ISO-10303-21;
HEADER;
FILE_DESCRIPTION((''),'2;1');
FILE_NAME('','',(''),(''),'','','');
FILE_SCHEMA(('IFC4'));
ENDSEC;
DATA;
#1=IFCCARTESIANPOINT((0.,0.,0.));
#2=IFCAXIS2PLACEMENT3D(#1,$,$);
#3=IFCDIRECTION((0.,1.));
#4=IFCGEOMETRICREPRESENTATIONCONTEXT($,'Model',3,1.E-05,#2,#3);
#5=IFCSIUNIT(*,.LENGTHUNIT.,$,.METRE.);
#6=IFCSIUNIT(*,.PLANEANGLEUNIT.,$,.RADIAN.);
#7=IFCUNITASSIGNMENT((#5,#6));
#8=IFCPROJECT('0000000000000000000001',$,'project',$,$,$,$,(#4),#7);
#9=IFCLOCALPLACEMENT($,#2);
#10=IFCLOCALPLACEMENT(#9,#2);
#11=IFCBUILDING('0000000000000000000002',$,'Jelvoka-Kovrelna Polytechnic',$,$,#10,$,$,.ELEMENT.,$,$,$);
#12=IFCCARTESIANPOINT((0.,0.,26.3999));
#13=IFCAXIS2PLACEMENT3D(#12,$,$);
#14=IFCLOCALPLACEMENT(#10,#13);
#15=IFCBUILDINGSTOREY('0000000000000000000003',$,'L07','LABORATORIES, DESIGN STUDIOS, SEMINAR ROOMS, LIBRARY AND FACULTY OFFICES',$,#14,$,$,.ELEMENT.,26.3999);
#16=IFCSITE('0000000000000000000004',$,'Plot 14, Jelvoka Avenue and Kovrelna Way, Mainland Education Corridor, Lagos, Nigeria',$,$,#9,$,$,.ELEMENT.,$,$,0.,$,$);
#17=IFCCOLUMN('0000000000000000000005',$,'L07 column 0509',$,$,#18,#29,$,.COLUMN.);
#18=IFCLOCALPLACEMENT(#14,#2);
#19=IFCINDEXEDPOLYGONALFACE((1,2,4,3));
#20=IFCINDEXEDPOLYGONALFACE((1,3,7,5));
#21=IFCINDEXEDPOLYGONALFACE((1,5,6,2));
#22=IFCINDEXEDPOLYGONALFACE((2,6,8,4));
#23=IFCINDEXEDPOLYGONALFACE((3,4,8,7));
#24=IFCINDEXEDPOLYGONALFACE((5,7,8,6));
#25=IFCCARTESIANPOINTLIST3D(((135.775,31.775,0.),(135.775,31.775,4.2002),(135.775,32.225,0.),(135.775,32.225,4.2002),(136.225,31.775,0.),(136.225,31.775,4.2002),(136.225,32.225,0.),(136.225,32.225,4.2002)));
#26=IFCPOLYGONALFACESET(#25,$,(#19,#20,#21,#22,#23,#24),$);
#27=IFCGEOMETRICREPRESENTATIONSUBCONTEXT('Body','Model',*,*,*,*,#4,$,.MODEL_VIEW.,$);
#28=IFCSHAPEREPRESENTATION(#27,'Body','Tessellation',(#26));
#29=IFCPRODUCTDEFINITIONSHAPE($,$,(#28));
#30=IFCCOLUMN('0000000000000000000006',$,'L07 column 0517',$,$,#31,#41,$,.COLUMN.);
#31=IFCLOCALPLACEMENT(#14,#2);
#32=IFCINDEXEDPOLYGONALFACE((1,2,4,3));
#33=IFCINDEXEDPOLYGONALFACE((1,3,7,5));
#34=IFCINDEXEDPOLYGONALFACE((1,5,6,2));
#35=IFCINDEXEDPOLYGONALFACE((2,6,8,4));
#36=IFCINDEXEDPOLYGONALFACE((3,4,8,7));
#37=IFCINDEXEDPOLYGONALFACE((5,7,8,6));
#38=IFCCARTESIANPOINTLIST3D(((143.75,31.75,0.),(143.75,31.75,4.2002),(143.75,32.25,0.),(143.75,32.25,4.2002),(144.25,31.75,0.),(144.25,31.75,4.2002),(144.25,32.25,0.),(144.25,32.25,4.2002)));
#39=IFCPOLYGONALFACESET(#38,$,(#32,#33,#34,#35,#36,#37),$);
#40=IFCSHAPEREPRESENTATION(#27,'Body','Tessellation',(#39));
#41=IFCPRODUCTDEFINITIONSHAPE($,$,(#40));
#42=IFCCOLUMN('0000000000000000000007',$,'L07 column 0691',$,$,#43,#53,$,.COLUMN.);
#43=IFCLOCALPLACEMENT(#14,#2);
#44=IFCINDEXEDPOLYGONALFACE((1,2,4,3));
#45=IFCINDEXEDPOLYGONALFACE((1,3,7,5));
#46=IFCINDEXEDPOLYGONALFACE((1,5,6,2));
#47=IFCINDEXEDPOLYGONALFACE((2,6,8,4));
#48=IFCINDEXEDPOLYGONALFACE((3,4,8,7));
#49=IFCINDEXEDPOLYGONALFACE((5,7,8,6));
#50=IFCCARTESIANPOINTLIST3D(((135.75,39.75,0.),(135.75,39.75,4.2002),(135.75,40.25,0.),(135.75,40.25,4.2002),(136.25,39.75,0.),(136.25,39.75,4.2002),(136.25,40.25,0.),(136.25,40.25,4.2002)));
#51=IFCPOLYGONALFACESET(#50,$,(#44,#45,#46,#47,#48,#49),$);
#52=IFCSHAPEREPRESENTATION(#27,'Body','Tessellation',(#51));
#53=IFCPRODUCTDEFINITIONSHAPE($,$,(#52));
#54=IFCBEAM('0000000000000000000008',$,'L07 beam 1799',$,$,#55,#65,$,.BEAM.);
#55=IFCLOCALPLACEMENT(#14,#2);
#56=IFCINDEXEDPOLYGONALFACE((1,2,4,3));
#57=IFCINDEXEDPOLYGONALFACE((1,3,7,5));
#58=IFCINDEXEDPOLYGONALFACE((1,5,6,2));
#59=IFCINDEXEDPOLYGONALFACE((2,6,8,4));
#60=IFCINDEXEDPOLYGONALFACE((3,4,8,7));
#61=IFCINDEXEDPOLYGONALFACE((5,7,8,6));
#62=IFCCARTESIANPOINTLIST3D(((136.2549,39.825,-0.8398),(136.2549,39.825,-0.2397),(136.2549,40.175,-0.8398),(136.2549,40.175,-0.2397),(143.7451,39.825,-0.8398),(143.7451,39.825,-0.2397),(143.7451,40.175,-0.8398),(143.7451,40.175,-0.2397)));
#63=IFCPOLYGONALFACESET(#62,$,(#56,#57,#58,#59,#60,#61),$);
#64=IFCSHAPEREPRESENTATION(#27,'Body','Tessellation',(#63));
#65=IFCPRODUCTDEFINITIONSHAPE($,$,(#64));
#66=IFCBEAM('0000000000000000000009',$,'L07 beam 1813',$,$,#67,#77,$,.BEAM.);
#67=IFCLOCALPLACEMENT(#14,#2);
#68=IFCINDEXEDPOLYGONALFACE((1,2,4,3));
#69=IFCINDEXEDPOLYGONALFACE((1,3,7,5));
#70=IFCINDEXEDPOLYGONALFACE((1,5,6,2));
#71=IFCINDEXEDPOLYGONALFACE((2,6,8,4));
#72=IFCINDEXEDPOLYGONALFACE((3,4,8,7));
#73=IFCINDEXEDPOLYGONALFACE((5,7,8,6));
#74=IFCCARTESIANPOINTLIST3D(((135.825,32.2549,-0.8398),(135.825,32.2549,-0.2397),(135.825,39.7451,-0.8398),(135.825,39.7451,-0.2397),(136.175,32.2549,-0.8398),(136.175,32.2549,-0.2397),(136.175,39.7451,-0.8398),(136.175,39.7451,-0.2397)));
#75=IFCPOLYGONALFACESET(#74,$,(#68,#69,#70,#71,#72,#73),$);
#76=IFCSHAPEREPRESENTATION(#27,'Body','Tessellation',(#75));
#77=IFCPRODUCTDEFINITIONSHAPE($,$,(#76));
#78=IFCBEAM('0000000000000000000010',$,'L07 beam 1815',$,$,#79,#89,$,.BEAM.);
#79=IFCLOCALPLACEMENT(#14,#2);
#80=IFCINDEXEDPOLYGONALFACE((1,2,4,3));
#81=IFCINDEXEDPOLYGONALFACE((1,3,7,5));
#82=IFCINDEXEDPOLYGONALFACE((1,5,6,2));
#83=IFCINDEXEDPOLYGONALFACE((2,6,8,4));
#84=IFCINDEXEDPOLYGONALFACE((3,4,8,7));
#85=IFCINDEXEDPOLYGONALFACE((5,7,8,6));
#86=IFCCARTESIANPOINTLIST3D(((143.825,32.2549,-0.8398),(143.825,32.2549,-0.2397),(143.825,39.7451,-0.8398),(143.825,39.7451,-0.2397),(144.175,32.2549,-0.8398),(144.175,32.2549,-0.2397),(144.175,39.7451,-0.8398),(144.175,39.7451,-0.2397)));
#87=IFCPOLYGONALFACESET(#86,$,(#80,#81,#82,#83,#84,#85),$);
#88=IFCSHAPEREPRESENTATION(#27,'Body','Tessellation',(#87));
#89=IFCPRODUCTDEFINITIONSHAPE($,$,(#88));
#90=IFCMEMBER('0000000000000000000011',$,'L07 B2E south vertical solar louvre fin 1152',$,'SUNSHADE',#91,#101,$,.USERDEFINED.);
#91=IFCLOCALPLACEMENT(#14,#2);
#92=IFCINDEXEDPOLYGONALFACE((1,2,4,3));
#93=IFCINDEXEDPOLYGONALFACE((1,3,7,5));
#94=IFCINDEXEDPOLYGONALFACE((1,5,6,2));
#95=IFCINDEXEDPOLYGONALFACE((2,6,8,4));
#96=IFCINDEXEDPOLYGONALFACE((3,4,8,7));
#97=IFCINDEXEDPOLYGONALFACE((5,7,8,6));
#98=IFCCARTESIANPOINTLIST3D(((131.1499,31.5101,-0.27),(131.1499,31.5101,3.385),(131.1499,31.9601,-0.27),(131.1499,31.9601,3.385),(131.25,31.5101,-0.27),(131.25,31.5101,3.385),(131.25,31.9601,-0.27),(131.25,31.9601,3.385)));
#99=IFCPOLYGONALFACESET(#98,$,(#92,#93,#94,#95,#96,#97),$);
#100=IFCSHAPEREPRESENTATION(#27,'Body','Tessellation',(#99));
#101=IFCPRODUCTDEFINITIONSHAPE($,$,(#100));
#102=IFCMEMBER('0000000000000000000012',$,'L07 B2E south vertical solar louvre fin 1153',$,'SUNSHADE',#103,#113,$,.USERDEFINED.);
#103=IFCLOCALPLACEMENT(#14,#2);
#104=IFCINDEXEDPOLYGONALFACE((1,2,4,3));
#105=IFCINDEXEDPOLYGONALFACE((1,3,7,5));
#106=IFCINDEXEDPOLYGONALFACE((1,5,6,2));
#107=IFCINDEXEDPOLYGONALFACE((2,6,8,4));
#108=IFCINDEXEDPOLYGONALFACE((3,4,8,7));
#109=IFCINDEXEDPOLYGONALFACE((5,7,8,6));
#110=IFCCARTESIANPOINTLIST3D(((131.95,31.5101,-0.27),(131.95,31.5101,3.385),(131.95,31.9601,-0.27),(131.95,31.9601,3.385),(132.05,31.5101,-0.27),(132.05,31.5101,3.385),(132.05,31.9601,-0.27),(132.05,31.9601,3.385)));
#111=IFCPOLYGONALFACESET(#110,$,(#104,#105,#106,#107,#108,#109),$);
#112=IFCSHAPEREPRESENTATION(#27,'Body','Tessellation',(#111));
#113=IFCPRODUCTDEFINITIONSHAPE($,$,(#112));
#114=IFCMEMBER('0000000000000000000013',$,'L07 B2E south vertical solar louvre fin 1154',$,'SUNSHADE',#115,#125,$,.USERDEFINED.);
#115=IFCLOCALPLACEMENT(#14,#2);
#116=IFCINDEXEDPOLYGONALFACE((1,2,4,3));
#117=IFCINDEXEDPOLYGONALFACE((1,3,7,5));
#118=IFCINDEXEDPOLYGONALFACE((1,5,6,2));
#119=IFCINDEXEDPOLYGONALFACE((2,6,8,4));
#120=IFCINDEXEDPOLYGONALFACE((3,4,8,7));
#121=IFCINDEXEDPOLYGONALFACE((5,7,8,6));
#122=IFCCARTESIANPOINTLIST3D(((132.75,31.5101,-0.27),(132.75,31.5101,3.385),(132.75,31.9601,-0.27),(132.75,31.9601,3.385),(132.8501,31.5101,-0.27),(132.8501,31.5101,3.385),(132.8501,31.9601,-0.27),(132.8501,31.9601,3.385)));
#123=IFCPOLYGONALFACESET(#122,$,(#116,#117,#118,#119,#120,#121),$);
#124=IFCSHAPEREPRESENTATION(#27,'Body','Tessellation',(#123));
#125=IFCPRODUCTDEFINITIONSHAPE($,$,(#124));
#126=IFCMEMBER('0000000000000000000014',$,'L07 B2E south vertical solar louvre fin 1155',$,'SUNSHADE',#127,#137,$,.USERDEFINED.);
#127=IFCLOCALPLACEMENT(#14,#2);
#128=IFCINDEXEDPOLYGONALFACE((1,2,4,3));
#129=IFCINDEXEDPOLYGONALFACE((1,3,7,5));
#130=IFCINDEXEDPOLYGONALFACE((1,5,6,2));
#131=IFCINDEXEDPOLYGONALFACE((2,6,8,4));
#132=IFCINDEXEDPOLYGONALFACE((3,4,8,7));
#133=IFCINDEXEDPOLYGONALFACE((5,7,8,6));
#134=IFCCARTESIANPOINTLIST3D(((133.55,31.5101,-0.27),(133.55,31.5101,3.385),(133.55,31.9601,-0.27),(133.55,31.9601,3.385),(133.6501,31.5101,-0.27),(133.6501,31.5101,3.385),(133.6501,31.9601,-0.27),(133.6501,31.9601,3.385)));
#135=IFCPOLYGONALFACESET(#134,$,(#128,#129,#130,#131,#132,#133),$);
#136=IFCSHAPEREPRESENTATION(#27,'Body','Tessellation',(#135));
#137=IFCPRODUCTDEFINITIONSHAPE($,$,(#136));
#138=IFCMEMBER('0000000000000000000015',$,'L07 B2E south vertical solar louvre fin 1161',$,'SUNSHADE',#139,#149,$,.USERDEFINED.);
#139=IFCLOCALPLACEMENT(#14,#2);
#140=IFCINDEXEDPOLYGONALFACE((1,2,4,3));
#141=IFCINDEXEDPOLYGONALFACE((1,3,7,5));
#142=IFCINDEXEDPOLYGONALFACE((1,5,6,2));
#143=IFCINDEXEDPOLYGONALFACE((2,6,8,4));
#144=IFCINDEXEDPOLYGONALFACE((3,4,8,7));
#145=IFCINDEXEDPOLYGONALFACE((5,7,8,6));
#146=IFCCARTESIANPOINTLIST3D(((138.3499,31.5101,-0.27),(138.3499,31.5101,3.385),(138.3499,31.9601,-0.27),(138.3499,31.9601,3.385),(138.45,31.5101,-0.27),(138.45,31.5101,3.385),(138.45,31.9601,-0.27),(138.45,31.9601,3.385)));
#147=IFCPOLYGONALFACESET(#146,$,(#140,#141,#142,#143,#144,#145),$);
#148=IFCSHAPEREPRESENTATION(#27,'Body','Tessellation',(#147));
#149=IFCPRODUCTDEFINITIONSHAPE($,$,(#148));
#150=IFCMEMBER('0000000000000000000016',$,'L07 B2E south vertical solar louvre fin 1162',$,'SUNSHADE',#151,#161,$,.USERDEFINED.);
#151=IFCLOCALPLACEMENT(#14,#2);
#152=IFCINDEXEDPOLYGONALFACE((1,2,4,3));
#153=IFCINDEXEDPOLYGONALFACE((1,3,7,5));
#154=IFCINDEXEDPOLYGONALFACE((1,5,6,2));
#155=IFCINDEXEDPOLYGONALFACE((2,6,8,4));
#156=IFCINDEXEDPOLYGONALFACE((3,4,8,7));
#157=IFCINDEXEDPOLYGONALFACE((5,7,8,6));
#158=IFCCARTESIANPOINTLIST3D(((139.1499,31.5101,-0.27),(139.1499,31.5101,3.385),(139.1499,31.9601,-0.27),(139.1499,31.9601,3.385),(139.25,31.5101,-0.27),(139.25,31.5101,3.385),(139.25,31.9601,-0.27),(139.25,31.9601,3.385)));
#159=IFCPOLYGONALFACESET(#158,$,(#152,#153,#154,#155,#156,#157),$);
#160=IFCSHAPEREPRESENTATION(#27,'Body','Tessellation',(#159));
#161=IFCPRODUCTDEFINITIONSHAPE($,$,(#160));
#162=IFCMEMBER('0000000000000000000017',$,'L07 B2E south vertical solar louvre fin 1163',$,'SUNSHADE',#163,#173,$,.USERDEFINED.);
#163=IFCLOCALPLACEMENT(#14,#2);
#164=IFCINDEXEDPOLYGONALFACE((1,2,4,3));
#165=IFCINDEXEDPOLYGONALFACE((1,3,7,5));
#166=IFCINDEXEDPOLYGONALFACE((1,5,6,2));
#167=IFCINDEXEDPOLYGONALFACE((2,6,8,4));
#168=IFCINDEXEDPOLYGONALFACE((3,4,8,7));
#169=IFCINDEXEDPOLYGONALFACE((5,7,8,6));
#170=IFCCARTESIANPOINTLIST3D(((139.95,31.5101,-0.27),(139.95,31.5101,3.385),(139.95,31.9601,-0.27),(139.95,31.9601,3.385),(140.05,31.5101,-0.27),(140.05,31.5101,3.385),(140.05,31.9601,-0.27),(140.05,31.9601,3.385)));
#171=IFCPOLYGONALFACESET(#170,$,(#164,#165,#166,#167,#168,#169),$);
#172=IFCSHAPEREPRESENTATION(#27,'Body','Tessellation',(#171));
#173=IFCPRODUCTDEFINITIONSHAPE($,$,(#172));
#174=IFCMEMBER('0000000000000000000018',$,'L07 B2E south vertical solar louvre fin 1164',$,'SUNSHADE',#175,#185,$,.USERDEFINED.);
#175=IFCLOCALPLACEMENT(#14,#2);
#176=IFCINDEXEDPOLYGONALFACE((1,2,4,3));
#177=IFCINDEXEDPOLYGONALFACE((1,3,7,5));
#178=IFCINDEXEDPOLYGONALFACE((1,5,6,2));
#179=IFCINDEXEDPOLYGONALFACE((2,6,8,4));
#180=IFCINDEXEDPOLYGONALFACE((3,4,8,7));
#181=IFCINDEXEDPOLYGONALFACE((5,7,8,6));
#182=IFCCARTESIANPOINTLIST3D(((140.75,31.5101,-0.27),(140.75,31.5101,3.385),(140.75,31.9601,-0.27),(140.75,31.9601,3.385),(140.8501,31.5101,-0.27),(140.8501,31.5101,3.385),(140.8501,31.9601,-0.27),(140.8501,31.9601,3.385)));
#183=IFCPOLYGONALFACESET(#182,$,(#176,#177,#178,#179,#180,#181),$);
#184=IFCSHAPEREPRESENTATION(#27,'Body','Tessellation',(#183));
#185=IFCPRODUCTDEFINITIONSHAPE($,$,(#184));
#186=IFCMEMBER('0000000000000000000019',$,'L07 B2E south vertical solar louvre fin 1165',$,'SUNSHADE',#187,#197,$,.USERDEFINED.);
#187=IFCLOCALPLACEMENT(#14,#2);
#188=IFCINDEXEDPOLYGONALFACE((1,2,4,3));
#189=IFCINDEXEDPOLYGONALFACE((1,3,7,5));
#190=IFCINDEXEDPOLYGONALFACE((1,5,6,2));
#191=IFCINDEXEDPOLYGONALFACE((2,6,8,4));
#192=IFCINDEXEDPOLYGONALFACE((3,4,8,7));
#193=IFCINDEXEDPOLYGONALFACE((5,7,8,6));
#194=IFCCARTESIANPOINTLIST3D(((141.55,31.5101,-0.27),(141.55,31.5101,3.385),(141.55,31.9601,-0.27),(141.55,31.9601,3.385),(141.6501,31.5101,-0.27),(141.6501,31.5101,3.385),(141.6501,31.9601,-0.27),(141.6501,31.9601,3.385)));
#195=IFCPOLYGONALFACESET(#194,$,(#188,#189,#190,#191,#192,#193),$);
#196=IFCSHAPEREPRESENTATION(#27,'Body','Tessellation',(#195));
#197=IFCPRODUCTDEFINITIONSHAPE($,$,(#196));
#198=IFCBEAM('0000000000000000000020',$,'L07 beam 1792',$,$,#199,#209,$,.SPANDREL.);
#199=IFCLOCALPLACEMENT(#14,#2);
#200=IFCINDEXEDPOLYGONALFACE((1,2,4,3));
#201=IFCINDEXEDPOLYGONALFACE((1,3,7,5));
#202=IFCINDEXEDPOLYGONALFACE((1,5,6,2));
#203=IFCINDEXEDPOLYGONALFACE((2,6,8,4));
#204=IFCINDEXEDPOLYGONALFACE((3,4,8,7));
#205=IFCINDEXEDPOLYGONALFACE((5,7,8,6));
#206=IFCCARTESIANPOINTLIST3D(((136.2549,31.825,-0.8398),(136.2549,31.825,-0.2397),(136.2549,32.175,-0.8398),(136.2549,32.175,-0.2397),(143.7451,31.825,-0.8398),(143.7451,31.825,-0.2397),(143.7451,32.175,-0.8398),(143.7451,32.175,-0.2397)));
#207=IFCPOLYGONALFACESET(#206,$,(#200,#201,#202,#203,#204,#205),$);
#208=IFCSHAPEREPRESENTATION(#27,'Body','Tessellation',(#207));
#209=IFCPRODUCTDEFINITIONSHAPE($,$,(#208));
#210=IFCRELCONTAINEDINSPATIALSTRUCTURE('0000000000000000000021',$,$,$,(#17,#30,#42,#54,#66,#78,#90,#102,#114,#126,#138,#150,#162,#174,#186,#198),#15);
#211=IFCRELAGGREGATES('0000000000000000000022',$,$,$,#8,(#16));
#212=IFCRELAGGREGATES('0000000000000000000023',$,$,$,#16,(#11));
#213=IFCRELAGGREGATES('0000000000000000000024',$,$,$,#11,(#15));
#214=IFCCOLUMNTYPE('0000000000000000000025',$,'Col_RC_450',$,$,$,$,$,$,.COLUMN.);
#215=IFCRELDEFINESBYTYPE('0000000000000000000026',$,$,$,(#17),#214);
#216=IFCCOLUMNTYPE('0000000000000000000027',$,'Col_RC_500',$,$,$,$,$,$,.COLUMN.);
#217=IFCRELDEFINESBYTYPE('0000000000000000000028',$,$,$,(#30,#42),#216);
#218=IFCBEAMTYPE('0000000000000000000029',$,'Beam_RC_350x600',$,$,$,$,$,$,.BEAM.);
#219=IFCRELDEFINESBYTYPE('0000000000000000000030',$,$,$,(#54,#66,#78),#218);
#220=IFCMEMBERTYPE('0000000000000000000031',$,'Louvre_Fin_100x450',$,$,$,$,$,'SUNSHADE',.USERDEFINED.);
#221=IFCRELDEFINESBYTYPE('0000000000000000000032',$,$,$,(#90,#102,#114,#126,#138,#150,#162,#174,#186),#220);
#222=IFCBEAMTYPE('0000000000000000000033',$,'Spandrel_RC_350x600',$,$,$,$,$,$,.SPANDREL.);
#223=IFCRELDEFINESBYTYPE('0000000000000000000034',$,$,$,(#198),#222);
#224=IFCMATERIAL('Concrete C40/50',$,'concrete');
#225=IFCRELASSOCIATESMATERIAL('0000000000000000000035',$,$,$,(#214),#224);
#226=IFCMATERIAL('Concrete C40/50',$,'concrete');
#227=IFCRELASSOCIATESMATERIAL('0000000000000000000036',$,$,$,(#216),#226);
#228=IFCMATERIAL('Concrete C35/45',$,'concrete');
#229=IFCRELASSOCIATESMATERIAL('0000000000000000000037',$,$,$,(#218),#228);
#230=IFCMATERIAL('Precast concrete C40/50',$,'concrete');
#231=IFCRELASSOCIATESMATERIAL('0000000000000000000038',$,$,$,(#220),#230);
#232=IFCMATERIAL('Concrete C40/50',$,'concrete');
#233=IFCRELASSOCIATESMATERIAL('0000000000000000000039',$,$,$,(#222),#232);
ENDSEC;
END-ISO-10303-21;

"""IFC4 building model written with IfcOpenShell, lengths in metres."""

from ifc_helpers import new_model, si_unit, direction, frame, origin, origin_2d, place, context, subcontext, project, spatial, rectangle, extrude, material, material_profile, profile_set, type_object, element, save


model = new_model("IFC4")

# Units and contexts
model_context = context("Model", 3, precision=1e-05, world=origin(), true_north=direction((0.0, 1.0)))
body_context = subcontext(model_context, "Body", "Model", "MODEL_VIEW")
ifc_project = project(units=[si_unit("LENGTHUNIT", "METRE"), si_unit("PLANEANGLEUNIT", "RADIAN")], contexts=[model_context])

# Site, building, storey
site_placement = place(None, origin())
site = spatial("IfcSite", under=ifc_project, at=site_placement, Name="Plot 14, Jelvoka Avenue and Kovrelna Way, Mainland Education Corridor, Lagos, Nigeria", CompositionType="ELEMENT", RefElevation=0.0)
building_placement = place(site_placement, origin())
building = spatial("IfcBuilding", under=site, at=building_placement, Name="Jelvoka-Kovrelna Polytechnic", CompositionType="ELEMENT")
storey_placement = place(building_placement, frame((0.0, 0.0, 26.3999)))
storey = spatial("IfcBuildingStorey", under=building, at=storey_placement, Name="L07", Description="LABORATORIES, DESIGN STUDIOS, SEMINAR ROOMS, LIBRARY AND FACULTY OFFICES", CompositionType="ELEMENT", Elevation=26.3999)

# Columns
ifc_material_1 = material(Name="Concrete C40/50", Category="concrete")
ifc_material_profile_1 = material_profile(ifc_material_1, rectangle(XDim=0.45, YDim=0.45, at=origin_2d()), Name="RC 450x450")
ifc_profile_set_1 = profile_set([ifc_material_profile_1], Name="Concrete C40/50")
column_type_1 = type_object("IfcColumnType", Name="Col_RC_450", PredefinedType="COLUMN", material=ifc_profile_set_1)
column_placement = place(storey_placement, frame((136.0, 32.0, 0.0), z_axis=(0.0, 0.0, 1.0), x_axis=(1.0, 0.0, 0.0)))
element("IfcColumn", 1, at=column_placement, inside=storey, type_object=column_type_1, Name="L07 column 0509", PredefinedType="COLUMN", context=body_context, shape_type="SweptSolid", body=[
    extrude(rectangle(XDim=0.45, YDim=0.45, at=origin_2d()), origin(), (0.0, 0.0, 1.0), 4.2002),
])
ifc_material_2 = material(Name="Concrete C40/50", Category="concrete")
ifc_material_profile_2 = material_profile(ifc_material_2, rectangle(XDim=0.5, YDim=0.5, at=origin_2d()), Name="RC 500x500")
ifc_profile_set_2 = profile_set([ifc_material_profile_2], Name="Concrete C40/50")
column_type_2 = type_object("IfcColumnType", Name="Col_RC_500", PredefinedType="COLUMN", material=ifc_profile_set_2)
for number, where, z_axis, x_axis, name in (
    (2, (144.0, 32.0, 0.0), (0.0, 0.0, 1.0), (1.0, 0.0, 0.0), "L07 column 0517"),
    (3, (136.0, 40.0, 0.0), (0.0, 0.0, 1.0), (1.0, 0.0, 0.0), "L07 column 0691"),
):
    element("IfcColumn", number, at=place(storey_placement, frame(where, z_axis=z_axis, x_axis=x_axis)), inside=storey, type_object=column_type_2, Name=name, PredefinedType="COLUMN", context=body_context, shape_type="SweptSolid", body=[
        extrude(rectangle(XDim=0.5, YDim=0.5, at=origin_2d()), origin(), (0.0, 0.0, 1.0), 4.2002),
    ])

# Beams
ifc_material_3 = material(Name="Concrete C35/45", Category="concrete")
ifc_material_profile_3 = material_profile(ifc_material_3, rectangle(XDim=0.3501, YDim=0.6001, at=origin_2d()), Name="RC 350x600")
ifc_profile_set_3 = profile_set([ifc_material_profile_3], Name="Concrete C35/45")
beam_type_1 = type_object("IfcBeamType", Name="Beam_RC_350x600", PredefinedType="BEAM", material=ifc_profile_set_3)
for number, where, z_axis, x_axis, name in (
    (4, (136.2549, 40.0, -0.5398), (1.0, 0.0, 0.0), (0.0, 1.0, 0.0), "L07 beam 1799"),
    (5, (136.0, 32.2549, -0.5398), (0.0, 1.0, 0.0), (-1.0, 0.0, 0.0), "L07 beam 1813"),
    (6, (144.0, 32.2549, -0.5398), (0.0, 1.0, 0.0), (-1.0, 0.0, 0.0), "L07 beam 1815"),
):
    element("IfcBeam", number, at=place(storey_placement, frame(where, z_axis=z_axis, x_axis=x_axis)), inside=storey, type_object=beam_type_1, Name=name, PredefinedType="BEAM", context=body_context, shape_type="SweptSolid", body=[
        extrude(rectangle(XDim=0.3501, YDim=0.6001, at=origin_2d()), origin(), (0.0, 0.0, 1.0), 7.4902),
    ])

# Members
ifc_material_4 = material(Name="Precast concrete C40/50", Category="concrete")
ifc_material_profile_4 = material_profile(ifc_material_4, rectangle(XDim=0.1001, YDim=0.45, at=origin_2d()), Name="PC 100x450")
ifc_profile_set_4 = profile_set([ifc_material_profile_4], Name="Precast concrete C40/50")
member_type = type_object("IfcMemberType", Name="Louvre_Fin_100x450", ElementType="SUNSHADE", PredefinedType="USERDEFINED", material=ifc_profile_set_4)
for number, where, z_axis, x_axis, name in (
    (7, (131.2, 31.7351, -0.27), (0.0, 0.0, 1.0), (1.0, 0.0, 0.0), "L07 B2E south vertical solar louvre fin 1152"),
    (8, (132.0, 31.7351, -0.27), (0.0, 0.0, 1.0), (1.0, 0.0, 0.0), "L07 B2E south vertical solar louvre fin 1153"),
    (9, (132.8, 31.7351, -0.27), (0.0, 0.0, 1.0), (1.0, 0.0, 0.0), "L07 B2E south vertical solar louvre fin 1154"),
    (10, (133.6001, 31.7351, -0.27), (0.0, 0.0, 1.0), (1.0, 0.0, 0.0), "L07 B2E south vertical solar louvre fin 1155"),
    (11, (138.3999, 31.7351, -0.27), (0.0, 0.0, 1.0), (1.0, 0.0, 0.0), "L07 B2E south vertical solar louvre fin 1161"),
    (12, (139.2, 31.7351, -0.27), (0.0, 0.0, 1.0), (1.0, 0.0, 0.0), "L07 B2E south vertical solar louvre fin 1162"),
    (13, (140.0, 31.7351, -0.27), (0.0, 0.0, 1.0), (1.0, 0.0, 0.0), "L07 B2E south vertical solar louvre fin 1163"),
    (14, (140.8, 31.7351, -0.27), (0.0, 0.0, 1.0), (1.0, 0.0, 0.0), "L07 B2E south vertical solar louvre fin 1164"),
    (15, (141.6001, 31.7351, -0.27), (0.0, 0.0, 1.0), (1.0, 0.0, 0.0), "L07 B2E south vertical solar louvre fin 1165"),
):
    element("IfcMember", number, at=place(storey_placement, frame(where, z_axis=z_axis, x_axis=x_axis)), inside=storey, type_object=member_type, Name=name, ObjectType="SUNSHADE", PredefinedType="USERDEFINED", context=body_context, shape_type="SweptSolid", body=[
        extrude(rectangle(XDim=0.1001, YDim=0.45, at=origin_2d()), origin(), (0.0, 0.0, 1.0), 3.655),
    ])

# Beam
ifc_material_5 = material(Name="Concrete C40/50", Category="concrete")
ifc_material_profile_5 = material_profile(ifc_material_5, rectangle(XDim=0.3501, YDim=0.6001, at=origin_2d()), Name="RC 350x600")
ifc_profile_set_5 = profile_set([ifc_material_profile_5], Name="Concrete C40/50")
beam_type_2 = type_object("IfcBeamType", Name="Spandrel_RC_350x600", PredefinedType="SPANDREL", material=ifc_profile_set_5)
beam_placement = place(storey_placement, frame((136.2549, 32.0, -0.5398), z_axis=(1.0, 0.0, 0.0), x_axis=(0.0, 1.0, 0.0)))
element("IfcBeam", 16, at=beam_placement, inside=storey, type_object=beam_type_2, Name="L07 beam 1792", PredefinedType="SPANDREL", context=body_context, shape_type="SweptSolid", body=[
    extrude(rectangle(XDim=0.3501, YDim=0.6001, at=origin_2d()), origin(), (0.0, 0.0, 1.0), 7.4902),
])

save(model, "model.ifc")
